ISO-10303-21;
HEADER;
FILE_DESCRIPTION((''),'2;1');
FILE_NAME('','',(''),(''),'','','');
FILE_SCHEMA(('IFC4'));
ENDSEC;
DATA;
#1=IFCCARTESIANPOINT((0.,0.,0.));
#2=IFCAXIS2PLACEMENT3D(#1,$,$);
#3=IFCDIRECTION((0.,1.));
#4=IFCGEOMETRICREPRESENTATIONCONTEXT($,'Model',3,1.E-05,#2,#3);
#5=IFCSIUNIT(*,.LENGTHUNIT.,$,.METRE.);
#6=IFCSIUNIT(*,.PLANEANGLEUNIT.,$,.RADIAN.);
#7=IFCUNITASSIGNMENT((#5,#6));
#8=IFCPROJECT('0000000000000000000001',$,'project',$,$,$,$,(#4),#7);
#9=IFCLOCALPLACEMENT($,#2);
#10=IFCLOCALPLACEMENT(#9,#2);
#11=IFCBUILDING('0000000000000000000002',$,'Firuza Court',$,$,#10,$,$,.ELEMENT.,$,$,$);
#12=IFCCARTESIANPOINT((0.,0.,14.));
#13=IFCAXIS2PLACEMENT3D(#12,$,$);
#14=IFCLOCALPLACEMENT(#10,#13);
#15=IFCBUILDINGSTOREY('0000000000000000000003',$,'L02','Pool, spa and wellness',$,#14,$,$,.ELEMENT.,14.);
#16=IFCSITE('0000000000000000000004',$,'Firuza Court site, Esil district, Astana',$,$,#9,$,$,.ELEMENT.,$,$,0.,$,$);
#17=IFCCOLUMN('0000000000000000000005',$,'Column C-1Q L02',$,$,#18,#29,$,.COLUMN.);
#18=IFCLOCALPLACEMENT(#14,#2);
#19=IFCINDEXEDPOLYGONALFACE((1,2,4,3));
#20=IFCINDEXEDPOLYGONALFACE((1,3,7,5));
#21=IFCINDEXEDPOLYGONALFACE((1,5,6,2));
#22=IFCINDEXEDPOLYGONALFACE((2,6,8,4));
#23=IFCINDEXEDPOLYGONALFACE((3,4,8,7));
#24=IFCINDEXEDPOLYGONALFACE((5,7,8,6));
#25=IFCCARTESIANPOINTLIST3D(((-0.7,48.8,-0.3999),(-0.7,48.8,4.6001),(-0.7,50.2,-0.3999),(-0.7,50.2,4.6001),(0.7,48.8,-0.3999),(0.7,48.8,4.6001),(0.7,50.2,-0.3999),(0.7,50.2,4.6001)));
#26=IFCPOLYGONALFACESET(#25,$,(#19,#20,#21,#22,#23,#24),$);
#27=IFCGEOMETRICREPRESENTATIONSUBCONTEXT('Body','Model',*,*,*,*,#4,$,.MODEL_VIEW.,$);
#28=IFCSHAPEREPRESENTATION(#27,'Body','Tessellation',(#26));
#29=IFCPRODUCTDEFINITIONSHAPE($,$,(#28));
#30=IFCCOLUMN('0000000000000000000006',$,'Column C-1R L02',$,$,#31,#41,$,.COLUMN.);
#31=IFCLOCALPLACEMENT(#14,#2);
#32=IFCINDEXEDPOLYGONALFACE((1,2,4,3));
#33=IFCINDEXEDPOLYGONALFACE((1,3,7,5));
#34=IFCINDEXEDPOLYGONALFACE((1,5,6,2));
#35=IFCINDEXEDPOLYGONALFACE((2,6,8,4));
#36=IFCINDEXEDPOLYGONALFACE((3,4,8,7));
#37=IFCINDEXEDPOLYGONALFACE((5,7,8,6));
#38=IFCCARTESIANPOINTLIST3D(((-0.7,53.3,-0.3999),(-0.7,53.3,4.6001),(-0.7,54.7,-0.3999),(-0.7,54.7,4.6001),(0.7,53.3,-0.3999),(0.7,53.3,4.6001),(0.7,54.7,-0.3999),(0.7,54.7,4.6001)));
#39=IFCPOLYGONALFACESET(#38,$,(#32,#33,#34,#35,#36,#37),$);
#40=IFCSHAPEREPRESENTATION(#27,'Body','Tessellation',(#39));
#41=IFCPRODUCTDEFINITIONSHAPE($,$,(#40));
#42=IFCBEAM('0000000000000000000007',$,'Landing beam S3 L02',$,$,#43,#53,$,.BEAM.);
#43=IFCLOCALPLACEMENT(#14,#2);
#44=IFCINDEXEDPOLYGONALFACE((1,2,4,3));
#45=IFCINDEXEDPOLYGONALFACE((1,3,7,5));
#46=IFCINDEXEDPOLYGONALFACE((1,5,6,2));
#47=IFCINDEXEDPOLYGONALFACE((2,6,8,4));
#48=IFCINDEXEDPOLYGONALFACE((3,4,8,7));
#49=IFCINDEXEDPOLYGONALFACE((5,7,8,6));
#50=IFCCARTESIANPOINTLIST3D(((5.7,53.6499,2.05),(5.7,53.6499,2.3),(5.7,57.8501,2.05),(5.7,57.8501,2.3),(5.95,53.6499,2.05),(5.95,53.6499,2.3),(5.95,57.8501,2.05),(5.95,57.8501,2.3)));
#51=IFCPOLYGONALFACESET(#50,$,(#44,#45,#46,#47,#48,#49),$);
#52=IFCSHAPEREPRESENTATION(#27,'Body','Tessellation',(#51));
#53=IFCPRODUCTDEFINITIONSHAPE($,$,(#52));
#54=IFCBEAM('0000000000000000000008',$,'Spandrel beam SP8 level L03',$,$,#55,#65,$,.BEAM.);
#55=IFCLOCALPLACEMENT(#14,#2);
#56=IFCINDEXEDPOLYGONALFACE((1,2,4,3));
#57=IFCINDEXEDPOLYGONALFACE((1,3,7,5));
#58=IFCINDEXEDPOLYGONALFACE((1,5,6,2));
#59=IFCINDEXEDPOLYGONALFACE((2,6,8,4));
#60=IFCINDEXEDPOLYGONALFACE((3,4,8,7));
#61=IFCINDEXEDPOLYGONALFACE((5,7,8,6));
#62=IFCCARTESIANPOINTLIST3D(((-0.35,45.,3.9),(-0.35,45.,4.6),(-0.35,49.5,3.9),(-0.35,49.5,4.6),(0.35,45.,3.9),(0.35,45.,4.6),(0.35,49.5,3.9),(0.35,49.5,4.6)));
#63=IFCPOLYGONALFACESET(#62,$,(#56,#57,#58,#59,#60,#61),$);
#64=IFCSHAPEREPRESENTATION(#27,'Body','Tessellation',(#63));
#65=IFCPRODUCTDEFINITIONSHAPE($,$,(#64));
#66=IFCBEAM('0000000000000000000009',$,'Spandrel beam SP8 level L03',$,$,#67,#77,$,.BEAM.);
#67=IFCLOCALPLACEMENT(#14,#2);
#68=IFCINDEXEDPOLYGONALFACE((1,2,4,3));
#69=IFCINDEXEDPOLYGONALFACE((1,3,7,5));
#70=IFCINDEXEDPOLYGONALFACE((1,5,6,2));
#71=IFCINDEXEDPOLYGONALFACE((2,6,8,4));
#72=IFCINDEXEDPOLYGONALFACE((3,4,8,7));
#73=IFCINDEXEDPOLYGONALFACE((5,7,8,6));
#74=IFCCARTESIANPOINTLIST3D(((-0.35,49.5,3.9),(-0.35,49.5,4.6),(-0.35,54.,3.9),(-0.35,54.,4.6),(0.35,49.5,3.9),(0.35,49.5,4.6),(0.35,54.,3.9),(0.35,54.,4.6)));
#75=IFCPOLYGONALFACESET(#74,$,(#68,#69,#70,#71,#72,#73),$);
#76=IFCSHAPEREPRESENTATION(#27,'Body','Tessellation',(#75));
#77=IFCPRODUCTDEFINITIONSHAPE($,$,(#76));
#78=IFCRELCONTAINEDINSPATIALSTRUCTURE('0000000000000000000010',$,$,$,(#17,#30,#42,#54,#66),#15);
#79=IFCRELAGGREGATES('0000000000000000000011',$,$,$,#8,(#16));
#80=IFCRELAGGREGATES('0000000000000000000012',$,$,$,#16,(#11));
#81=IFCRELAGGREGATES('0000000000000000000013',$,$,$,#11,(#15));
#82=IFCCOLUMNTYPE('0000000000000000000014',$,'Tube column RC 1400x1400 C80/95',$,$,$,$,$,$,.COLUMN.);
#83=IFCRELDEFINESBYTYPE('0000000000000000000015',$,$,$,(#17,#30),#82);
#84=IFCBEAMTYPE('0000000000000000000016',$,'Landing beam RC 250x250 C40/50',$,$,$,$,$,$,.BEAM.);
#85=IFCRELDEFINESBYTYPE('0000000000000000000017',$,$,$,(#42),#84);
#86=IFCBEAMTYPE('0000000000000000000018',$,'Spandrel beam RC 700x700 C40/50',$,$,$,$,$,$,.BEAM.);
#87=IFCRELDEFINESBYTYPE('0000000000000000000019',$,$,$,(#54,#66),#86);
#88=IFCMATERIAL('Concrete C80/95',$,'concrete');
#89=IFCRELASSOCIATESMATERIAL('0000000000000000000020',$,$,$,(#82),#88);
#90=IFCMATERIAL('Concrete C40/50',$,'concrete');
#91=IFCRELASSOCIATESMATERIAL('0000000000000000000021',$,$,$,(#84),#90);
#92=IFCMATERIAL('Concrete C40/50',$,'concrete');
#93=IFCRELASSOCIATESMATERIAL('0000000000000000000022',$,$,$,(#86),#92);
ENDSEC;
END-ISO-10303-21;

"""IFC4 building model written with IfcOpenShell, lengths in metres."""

from ifc_helpers import new_model, si_unit, direction, frame, origin, origin_2d, place, context, subcontext, project, spatial, rectangle, extrude, material, material_profile, profile_set, type_object, element, save


model = new_model("IFC4")

# Units and contexts
model_context = context("Model", 3, precision=1e-05, world=origin(), true_north=direction((0.0, 1.0)))
body_context = subcontext(model_context, "Body", "Model", "MODEL_VIEW")
ifc_project = project(units=[si_unit("LENGTHUNIT", "METRE"), si_unit("PLANEANGLEUNIT", "RADIAN")], contexts=[model_context])

# Site, building, storey
site_placement = place(None, origin())
site = spatial("IfcSite", under=ifc_project, at=site_placement, Name="Firuza Court site, Esil district, Astana", CompositionType="ELEMENT", RefElevation=0.0)
building_placement = place(site_placement, origin())
building = spatial("IfcBuilding", under=site, at=building_placement, Name="Firuza Court", CompositionType="ELEMENT")
storey_placement = place(building_placement, frame((0.0, 0.0, 14.0)))
storey = spatial("IfcBuildingStorey", under=building, at=storey_placement, Name="L02", Description="Pool, spa and wellness", CompositionType="ELEMENT", Elevation=14.0)

# Columns
ifc_material_1 = material(Name="Concrete C80/95", Category="concrete")
ifc_material_profile_1 = material_profile(ifc_material_1, rectangle(XDim=1.3999, YDim=1.3999, at=origin_2d()), Name="RC 1400x1400")
ifc_profile_set_1 = profile_set([ifc_material_profile_1], Name="Concrete C80/95")
column_type = type_object("IfcColumnType", Name="Tube column RC 1400x1400 C80/95", PredefinedType="COLUMN", material=ifc_profile_set_1)
for number, where, z_axis, x_axis, name in (
    (1, (0.0, 49.5, -0.3999), (0.0, 0.0, 1.0), (1.0, 0.0, 0.0), "Column C-1Q L02"),
    (2, (0.0, 54.0, -0.3999), (0.0, 0.0, 1.0), (1.0, 0.0, 0.0), "Column C-1R L02"),
):
    element("IfcColumn", number, at=place(storey_placement, frame(where, z_axis=z_axis, x_axis=x_axis)), inside=storey, type_object=column_type, Name=name, PredefinedType="COLUMN", context=body_context, shape_type="SweptSolid", body=[
        extrude(rectangle(XDim=1.3999, YDim=1.3999, at=origin_2d()), origin(), (0.0, 0.0, 1.0), 5.0),
    ])

# Beams
ifc_material_2 = material(Name="Concrete C40/50", Category="concrete")
ifc_material_profile_2 = material_profile(ifc_material_2, rectangle(XDim=0.25, YDim=0.25, at=origin_2d()), Name="RC 250x250")
ifc_profile_set_2 = profile_set([ifc_material_profile_2], Name="Concrete C40/50")
beam_type_1 = type_object("IfcBeamType", Name="Landing beam RC 250x250 C40/50", PredefinedType="BEAM", material=ifc_profile_set_2)
beam_placement = place(storey_placement, frame((5.825, 53.6499, 2.175), z_axis=(0.0, 1.0, 0.0), x_axis=(-1.0, 0.0, 0.0)))
element("IfcBeam", 3, at=beam_placement, inside=storey, type_object=beam_type_1, Name="Landing beam S3 L02", PredefinedType="BEAM", context=body_context, shape_type="SweptSolid", body=[
    extrude(rectangle(XDim=0.25, YDim=0.25, at=origin_2d()), origin(), (0.0, 0.0, 1.0), 4.2002),
])
ifc_material_3 = material(Name="Concrete C40/50", Category="concrete")
ifc_material_profile_3 = material_profile(ifc_material_3, rectangle(XDim=0.7, YDim=0.7, at=origin_2d()), Name="RC 700x700")
ifc_profile_set_3 = profile_set([ifc_material_profile_3], Name="Concrete C40/50")
beam_type_2 = type_object("IfcBeamType", Name="Spandrel beam RC 700x700 C40/50", PredefinedType="BEAM", material=ifc_profile_set_3)
for number, where, z_axis, x_axis, name in (
    (4, (0.0, 49.5, 4.25), (0.0, -1.0, 0.0), (1.0, 0.0, 0.0), "Spandrel beam SP8 level L03"),
    (5, (0.0, 54.0, 4.25), (0.0, -1.0, 0.0), (1.0, 0.0, 0.0), "Spandrel beam SP8 level L03"),
):
    element("IfcBeam", number, at=place(storey_placement, frame(where, z_axis=z_axis, x_axis=x_axis)), inside=storey, type_object=beam_type_2, Name=name, PredefinedType="BEAM", context=body_context, shape_type="SweptSolid", body=[
        extrude(rectangle(XDim=0.7, YDim=0.7, at=origin_2d()), origin(), (0.0, 0.0, 1.0), 4.5),
    ])

save(model, "model.ifc")
